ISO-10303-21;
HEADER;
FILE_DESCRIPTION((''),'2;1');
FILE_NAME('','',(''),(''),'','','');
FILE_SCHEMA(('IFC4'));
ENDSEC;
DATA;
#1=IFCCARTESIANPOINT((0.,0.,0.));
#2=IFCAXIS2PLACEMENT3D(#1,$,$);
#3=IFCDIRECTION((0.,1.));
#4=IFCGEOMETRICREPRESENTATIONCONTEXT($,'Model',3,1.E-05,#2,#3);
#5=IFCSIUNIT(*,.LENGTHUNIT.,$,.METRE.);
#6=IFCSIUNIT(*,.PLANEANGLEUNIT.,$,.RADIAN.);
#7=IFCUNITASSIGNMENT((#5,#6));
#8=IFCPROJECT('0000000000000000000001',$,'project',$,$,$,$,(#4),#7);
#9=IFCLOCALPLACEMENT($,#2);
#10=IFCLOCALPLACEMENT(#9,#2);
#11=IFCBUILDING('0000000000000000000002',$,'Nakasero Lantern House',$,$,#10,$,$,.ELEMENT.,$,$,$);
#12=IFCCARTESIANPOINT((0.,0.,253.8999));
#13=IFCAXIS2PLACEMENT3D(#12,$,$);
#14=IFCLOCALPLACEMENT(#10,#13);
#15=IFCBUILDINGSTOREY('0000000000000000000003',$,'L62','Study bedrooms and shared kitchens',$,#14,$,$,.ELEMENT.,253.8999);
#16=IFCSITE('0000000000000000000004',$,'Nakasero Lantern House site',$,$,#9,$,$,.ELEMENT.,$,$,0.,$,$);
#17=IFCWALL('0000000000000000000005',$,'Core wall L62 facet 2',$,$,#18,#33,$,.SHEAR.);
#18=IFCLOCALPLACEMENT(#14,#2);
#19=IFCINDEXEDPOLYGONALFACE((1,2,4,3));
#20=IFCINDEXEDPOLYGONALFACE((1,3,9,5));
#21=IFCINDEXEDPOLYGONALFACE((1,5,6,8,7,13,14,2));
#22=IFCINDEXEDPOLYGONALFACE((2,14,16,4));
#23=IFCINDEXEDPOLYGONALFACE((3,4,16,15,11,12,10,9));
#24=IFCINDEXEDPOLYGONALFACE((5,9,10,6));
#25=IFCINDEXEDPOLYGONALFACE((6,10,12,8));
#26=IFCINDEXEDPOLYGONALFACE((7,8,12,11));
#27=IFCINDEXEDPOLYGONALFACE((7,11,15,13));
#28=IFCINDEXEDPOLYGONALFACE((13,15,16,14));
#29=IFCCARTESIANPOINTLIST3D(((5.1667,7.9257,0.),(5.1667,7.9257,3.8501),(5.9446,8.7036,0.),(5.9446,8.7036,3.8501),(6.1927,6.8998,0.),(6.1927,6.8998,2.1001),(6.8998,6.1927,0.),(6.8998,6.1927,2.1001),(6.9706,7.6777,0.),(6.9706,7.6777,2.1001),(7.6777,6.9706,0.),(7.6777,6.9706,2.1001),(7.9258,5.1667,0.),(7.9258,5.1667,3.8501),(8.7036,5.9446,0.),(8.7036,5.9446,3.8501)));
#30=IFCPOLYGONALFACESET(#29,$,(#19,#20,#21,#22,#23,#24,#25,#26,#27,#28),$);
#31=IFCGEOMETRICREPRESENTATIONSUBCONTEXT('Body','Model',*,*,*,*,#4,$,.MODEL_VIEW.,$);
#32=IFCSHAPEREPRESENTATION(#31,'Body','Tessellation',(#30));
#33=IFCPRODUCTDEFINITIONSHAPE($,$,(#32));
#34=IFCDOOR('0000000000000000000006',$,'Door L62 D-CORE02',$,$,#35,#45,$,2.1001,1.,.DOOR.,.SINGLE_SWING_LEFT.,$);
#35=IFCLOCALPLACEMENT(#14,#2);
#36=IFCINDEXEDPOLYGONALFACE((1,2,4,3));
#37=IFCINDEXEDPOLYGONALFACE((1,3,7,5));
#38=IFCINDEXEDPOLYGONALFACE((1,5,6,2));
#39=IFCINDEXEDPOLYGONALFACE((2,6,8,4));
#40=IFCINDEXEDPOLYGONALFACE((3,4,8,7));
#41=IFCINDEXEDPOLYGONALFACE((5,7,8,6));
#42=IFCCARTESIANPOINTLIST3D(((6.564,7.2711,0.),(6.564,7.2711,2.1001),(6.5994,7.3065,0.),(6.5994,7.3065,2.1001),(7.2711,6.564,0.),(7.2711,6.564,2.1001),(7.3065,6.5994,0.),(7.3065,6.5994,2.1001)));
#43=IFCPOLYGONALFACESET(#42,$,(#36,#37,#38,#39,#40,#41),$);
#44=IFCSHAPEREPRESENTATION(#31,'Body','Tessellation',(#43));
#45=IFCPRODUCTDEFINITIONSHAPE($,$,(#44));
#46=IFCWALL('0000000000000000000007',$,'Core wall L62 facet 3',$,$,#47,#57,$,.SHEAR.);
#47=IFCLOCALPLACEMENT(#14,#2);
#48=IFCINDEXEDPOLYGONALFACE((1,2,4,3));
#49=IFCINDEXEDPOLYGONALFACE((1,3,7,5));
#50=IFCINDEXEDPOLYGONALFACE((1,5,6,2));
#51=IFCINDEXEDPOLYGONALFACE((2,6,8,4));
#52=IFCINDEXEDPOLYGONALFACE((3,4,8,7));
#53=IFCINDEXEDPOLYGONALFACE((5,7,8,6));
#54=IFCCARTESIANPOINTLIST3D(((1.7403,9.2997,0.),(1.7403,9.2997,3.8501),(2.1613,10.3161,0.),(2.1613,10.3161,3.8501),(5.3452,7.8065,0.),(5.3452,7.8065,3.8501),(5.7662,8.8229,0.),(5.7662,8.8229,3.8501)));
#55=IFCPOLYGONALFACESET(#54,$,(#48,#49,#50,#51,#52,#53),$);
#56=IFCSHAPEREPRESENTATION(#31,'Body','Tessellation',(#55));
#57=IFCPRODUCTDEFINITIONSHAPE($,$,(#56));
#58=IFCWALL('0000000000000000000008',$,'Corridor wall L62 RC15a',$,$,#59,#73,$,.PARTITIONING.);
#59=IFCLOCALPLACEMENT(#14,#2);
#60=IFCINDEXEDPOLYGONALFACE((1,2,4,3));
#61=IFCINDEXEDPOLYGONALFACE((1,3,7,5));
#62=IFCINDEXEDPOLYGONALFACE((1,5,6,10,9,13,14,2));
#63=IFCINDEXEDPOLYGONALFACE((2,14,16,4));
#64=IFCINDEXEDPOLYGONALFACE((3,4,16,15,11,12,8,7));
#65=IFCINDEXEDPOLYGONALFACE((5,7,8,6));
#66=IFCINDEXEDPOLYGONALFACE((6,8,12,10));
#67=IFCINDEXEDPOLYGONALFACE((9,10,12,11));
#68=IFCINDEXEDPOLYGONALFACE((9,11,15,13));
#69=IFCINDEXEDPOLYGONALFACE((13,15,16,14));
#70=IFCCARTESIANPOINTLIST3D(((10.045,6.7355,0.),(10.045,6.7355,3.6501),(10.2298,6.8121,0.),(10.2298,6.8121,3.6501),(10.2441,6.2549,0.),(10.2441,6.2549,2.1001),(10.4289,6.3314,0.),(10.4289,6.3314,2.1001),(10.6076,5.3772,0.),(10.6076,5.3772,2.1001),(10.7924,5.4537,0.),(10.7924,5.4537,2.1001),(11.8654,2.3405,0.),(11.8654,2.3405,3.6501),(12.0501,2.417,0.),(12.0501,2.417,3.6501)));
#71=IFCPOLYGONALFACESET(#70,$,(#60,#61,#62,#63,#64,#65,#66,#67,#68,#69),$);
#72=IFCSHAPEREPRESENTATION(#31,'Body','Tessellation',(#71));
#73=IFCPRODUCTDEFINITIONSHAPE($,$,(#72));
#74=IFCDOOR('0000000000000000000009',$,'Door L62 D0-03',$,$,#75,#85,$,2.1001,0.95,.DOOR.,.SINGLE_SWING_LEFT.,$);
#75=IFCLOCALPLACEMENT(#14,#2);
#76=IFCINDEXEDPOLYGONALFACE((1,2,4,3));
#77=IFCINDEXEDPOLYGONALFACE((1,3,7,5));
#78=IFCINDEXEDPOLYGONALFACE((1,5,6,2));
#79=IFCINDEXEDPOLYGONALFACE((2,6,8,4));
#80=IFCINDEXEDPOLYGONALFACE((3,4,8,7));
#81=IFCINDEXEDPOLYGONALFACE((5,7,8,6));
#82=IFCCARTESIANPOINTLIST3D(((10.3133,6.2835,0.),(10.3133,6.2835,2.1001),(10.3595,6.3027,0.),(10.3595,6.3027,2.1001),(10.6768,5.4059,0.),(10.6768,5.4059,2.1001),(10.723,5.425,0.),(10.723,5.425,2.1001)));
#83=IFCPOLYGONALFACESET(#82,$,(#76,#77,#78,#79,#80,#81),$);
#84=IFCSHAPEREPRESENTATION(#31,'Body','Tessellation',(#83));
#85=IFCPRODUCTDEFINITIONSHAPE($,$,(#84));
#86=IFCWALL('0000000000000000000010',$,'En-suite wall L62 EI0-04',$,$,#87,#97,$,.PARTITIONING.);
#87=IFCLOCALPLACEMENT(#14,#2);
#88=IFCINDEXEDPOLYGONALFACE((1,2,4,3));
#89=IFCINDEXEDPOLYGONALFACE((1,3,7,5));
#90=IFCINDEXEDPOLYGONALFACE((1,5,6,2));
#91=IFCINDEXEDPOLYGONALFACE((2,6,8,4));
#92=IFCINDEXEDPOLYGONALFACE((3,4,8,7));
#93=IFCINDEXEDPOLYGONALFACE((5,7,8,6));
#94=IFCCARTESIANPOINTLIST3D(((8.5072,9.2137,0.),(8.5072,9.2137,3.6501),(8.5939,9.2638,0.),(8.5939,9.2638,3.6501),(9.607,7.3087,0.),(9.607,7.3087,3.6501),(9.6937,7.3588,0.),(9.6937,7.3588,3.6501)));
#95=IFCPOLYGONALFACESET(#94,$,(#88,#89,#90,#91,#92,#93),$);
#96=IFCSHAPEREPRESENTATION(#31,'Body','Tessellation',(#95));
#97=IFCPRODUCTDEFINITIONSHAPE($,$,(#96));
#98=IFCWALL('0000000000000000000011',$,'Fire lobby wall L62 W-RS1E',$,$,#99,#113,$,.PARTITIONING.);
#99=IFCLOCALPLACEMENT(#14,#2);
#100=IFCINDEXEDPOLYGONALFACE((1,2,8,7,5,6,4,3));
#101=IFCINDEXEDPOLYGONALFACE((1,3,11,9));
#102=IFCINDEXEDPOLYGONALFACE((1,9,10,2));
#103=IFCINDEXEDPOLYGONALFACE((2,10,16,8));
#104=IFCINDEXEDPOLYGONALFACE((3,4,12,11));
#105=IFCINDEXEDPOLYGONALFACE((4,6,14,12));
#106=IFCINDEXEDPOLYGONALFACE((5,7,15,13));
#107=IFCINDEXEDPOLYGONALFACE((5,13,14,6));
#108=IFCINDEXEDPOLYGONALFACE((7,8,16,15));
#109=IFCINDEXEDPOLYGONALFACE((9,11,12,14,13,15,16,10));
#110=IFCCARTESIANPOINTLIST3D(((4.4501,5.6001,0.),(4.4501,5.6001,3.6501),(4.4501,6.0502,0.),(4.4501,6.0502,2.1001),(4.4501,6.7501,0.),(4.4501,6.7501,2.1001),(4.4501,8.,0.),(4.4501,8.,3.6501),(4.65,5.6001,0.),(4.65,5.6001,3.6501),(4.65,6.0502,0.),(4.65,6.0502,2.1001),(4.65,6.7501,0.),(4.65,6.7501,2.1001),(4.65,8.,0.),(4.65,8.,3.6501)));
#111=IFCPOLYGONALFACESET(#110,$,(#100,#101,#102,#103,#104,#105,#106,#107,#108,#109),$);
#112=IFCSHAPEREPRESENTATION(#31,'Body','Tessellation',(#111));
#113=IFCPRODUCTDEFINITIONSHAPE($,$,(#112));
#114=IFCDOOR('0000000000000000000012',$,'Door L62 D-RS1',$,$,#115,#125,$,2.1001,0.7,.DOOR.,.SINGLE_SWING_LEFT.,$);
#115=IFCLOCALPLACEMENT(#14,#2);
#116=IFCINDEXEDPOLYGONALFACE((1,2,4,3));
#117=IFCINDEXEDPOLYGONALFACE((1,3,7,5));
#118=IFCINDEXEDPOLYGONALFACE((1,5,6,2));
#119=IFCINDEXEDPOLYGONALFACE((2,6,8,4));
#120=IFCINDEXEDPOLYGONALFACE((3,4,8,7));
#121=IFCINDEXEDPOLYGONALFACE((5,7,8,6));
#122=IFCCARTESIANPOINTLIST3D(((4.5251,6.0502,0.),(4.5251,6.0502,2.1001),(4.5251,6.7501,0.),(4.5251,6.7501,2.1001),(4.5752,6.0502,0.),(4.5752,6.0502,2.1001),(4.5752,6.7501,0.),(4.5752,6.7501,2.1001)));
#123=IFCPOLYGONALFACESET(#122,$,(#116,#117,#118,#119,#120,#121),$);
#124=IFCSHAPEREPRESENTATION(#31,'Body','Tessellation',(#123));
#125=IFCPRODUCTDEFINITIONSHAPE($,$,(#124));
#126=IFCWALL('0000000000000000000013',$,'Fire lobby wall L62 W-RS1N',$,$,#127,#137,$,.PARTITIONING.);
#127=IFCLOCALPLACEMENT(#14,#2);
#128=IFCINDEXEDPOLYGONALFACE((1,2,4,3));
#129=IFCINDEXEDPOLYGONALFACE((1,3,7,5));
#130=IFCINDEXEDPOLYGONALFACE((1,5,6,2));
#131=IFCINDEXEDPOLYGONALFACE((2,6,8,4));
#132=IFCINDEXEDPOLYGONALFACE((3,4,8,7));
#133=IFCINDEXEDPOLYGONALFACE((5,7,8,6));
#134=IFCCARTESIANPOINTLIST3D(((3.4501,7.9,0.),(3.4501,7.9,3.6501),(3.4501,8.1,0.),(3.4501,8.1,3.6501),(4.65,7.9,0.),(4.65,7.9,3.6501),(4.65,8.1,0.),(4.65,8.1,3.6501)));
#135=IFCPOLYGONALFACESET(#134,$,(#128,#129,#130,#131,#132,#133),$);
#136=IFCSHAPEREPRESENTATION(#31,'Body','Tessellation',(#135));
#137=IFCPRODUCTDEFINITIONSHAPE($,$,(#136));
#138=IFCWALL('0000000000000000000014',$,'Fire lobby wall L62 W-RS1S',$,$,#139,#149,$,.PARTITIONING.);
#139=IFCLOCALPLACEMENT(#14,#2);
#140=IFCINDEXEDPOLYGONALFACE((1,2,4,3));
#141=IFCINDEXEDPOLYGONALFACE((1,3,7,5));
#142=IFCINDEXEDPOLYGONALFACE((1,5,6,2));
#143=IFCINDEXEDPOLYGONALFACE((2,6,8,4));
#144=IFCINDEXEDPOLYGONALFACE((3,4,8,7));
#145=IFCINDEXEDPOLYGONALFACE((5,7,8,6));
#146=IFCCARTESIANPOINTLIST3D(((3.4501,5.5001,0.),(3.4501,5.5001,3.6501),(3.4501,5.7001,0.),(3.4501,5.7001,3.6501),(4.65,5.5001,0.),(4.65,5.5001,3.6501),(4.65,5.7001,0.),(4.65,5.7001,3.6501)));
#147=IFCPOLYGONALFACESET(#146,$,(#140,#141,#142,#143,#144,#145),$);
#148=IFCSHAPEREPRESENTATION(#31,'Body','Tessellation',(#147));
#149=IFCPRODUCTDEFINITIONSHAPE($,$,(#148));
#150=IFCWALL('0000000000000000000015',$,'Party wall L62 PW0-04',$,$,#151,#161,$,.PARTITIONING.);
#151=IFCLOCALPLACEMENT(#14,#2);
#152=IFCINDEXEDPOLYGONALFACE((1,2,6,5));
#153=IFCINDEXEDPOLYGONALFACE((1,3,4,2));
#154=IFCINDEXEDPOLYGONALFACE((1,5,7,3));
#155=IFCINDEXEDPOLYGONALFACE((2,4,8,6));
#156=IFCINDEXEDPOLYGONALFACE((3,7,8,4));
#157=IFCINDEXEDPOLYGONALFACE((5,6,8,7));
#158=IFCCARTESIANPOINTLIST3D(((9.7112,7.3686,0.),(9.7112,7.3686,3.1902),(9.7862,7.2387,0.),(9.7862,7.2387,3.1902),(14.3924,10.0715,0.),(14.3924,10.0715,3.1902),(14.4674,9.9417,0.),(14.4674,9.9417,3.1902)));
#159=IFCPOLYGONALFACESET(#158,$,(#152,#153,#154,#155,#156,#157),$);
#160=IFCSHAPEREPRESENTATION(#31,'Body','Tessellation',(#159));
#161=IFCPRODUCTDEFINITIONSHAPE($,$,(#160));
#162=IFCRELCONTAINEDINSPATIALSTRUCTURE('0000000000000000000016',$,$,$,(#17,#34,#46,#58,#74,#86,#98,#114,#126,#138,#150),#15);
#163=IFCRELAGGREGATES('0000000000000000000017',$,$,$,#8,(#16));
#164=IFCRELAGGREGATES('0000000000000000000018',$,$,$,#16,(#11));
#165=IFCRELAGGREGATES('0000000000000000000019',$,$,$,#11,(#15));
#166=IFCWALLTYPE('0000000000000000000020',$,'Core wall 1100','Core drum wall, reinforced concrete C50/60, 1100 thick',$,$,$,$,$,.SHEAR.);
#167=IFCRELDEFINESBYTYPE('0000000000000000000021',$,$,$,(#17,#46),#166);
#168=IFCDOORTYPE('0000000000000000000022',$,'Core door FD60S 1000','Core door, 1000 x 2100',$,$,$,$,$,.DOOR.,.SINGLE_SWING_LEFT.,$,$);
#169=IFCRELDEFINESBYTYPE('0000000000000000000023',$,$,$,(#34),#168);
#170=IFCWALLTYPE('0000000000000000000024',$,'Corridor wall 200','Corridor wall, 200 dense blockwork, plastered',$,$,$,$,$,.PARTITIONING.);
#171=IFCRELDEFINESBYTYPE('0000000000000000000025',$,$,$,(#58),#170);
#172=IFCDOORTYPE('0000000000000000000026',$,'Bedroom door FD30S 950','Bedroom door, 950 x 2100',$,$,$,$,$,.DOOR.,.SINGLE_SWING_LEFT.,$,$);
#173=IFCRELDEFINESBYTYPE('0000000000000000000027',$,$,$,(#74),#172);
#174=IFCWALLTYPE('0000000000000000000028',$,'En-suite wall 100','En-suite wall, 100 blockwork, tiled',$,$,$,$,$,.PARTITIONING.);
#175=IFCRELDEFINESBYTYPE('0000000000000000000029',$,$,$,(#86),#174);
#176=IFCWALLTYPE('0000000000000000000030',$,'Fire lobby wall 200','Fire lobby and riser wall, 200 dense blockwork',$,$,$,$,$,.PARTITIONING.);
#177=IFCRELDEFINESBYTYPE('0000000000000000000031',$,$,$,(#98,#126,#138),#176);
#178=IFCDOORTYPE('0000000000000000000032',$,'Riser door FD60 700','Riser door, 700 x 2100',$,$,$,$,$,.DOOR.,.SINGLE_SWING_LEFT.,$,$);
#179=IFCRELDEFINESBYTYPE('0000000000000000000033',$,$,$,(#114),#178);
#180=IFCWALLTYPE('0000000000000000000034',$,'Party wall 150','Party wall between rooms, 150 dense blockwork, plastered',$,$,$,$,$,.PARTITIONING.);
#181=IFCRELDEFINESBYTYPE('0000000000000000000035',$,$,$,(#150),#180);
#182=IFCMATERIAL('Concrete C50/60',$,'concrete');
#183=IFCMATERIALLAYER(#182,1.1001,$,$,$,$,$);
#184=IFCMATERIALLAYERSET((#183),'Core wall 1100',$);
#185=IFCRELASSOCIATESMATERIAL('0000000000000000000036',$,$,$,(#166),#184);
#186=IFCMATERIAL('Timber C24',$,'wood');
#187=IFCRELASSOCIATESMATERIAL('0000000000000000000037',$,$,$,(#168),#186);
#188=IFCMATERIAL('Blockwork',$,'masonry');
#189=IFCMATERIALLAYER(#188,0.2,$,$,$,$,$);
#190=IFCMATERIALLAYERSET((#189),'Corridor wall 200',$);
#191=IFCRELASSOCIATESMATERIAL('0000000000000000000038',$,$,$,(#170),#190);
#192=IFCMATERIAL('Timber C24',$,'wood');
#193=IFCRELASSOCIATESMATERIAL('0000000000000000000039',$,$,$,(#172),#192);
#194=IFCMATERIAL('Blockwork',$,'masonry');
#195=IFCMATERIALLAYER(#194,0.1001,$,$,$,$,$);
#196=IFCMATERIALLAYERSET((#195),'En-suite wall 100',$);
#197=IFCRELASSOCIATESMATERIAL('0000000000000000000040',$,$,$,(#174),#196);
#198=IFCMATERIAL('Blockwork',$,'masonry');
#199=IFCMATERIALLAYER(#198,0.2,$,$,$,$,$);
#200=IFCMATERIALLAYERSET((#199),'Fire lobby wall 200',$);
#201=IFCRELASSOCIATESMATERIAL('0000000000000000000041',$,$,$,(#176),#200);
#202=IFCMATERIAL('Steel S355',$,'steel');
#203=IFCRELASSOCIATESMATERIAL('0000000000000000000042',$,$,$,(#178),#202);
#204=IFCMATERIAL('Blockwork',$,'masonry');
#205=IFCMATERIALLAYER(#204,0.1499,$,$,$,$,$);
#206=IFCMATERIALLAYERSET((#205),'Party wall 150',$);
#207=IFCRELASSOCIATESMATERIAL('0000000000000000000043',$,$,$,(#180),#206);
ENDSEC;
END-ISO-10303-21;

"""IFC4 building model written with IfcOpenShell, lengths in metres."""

from ifc_helpers import new_model, si_unit, direction, frame, frame_2d, origin, place, context, subcontext, project, spatial, rectangle, extrude, material, layer, layer_set, type_object, element, fill, save


model = new_model("IFC4")

# Units and contexts
model_context = context("Model", 3, precision=1e-05, world=origin(), true_north=direction((0.0, 1.0)))
body_context = subcontext(model_context, "Body", "Model", "MODEL_VIEW")
ifc_project = project(units=[si_unit("LENGTHUNIT", "METRE"), si_unit("PLANEANGLEUNIT", "RADIAN")], contexts=[model_context])

# Site, building, storey
site_placement = place(None, origin())
site = spatial("IfcSite", under=ifc_project, at=site_placement, Name="Nakasero Lantern House site", CompositionType="ELEMENT", RefElevation=0.0)
building_placement = place(site_placement, origin())
building = spatial("IfcBuilding", under=site, at=building_placement, Name="Nakasero Lantern House", CompositionType="ELEMENT")
storey_placement = place(building_placement, frame((0.0, 0.0, 253.8999)))
storey = spatial("IfcBuildingStorey", under=building, at=storey_placement, Name="L62", Description="Study bedrooms and shared kitchens", CompositionType="ELEMENT", Elevation=253.8999)

# Shared definitions
ifc_material_1 = material(Name="Concrete C50/60", Category="concrete")
ifc_layer_1 = layer(ifc_material_1, 1.1001)
ifc_layer_set_1 = layer_set([ifc_layer_1], Name="Core wall 1100")
wall_type_1 = type_object("IfcWallType", Name="Core wall 1100", Description="Core drum wall, reinforced concrete C50/60, 1100 thick", PredefinedType="SHEAR", material=ifc_layer_set_1)

# Wall, opening, door
wall_1_placement = place(storey_placement, frame((8.3147, 5.5557, 0.0), z_axis=(0.0, 0.0, 1.0), x_axis=(-0.707107, 0.707107, 0.0)))
wall_1 = element("IfcWall", 1, at=wall_1_placement, inside=storey, type_object=wall_type_1, Name="Core wall L62 facet 2", PredefinedType="SHEAR", context=body_context, shape_type="SweptSolid", body=[
    extrude(rectangle(XDim=3.9019, YDim=1.1001, at=frame_2d((1.9509, 0.0))), origin(), (0.0, 0.0, 1.0), 3.8501),
])
opening_1_placement = place(wall_1_placement, frame((1.4509, 0.0, 0.0)))
opening_1 = element("IfcOpeningElement", 2, at=opening_1_placement, cuts=wall_1, PredefinedType="OPENING", context=body_context, shape_type="SweptSolid", body=[
    extrude(rectangle(XDim=1.0, YDim=2.1001, at=frame_2d((0.5, 1.05))), frame((0.0, 0.5701, 0.0), z_axis=(0.0, -1.0, 0.0), x_axis=(1.0, 0.0, 0.0)), (0.0, 0.0, 1.0), 1.1401),
])
ifc_material_2 = material(Name="Timber C24", Category="wood")
door_type_1 = type_object("IfcDoorType", Name="Core door FD60S 1000", Description="Core door, 1000 x 2100", OperationType="SINGLE_SWING_LEFT", PredefinedType="DOOR", material=ifc_material_2)
door_1_placement = place(opening_1_placement, origin())
door_1 = element("IfcDoor", 3, at=door_1_placement, inside=storey, type_object=door_type_1, Name="Door L62 D-CORE02", OperationType="SINGLE_SWING_LEFT", OverallHeight=2.1001, OverallWidth=1.0, PredefinedType="DOOR", context=body_context, shape_type="SweptSolid", body=[
    extrude(rectangle(XDim=1.0, YDim=2.1001, at=frame_2d((0.5, 1.05))), frame((0.0, 0.0249, 0.0), z_axis=(0.0, -1.0, 0.0), x_axis=(1.0, 0.0, 0.0)), (0.0, 0.0, 1.0), 0.05),
])
fill(opening_1, door_1)

# Wall
wall_2_placement = place(storey_placement, frame((5.5557, 8.3147, 0.0), z_axis=(0.0, 0.0, 1.0), x_axis=(-0.923877, 0.382691, 0.0)))
element("IfcWall", 4, at=wall_2_placement, inside=storey, type_object=wall_type_1, Name="Core wall L62 facet 3", PredefinedType="SHEAR", context=body_context, shape_type="SweptSolid", body=[
    extrude(rectangle(XDim=3.9019, YDim=1.1001, at=frame_2d((1.9509, 0.0))), origin(), (0.0, 0.0, 1.0), 3.8501),
])

# Wall, opening, door
ifc_material_3 = material(Name="Blockwork", Category="masonry")
ifc_layer_2 = layer(ifc_material_3, 0.2)
ifc_layer_set_2 = layer_set([ifc_layer_2], Name="Corridor wall 200")
wall_type_2 = type_object("IfcWallType", Name="Corridor wall 200", Description="Corridor wall, 200 dense blockwork, plastered", PredefinedType="PARTITIONING", material=ifc_layer_set_2)
wall_3_placement = place(storey_placement, frame((10.1375, 6.7737, 0.0), z_axis=(0.0, 0.0, 1.0), x_axis=(0.382654, -0.923892, 0.0)))
wall_3 = element("IfcWall", 5, at=wall_3_placement, inside=storey, type_object=wall_type_2, Name="Corridor wall L62 RC15a", PredefinedType="PARTITIONING", context=body_context, shape_type="SweptSolid", body=[
    extrude(rectangle(XDim=4.7571, YDim=0.2, at=frame_2d((2.3784, 0.0))), origin(), (0.0, 0.0, 1.0), 3.6501),
])
opening_2_placement = place(wall_3_placement, frame((0.52, 0.0, 0.0)))
opening_2 = element("IfcOpeningElement", 6, at=opening_2_placement, cuts=wall_3, PredefinedType="OPENING", context=body_context, shape_type="SweptSolid", body=[
    extrude(rectangle(XDim=0.95, YDim=2.1001, at=frame_2d((0.4751, 1.05))), frame((0.0, 0.1199, 0.0), z_axis=(0.0, -1.0, 0.0), x_axis=(1.0, 0.0, 0.0)), (0.0, 0.0, 1.0), 0.24),
])
ifc_material_4 = material(Name="Timber C24", Category="wood")
door_type_2 = type_object("IfcDoorType", Name="Bedroom door FD30S 950", Description="Bedroom door, 950 x 2100", OperationType="SINGLE_SWING_LEFT", PredefinedType="DOOR", material=ifc_material_4)
door_2_placement = place(opening_2_placement, origin())
door_2 = element("IfcDoor", 7, at=door_2_placement, inside=storey, type_object=door_type_2, Name="Door L62 D0-03", OperationType="SINGLE_SWING_LEFT", OverallHeight=2.1001, OverallWidth=0.95, PredefinedType="DOOR", context=body_context, shape_type="SweptSolid", body=[
    extrude(rectangle(XDim=0.95, YDim=2.1001, at=frame_2d((0.4751, 1.05))), frame((0.0, 0.0249, 0.0), z_axis=(0.0, -1.0, 0.0), x_axis=(1.0, 0.0, 0.0)), (0.0, 0.0, 1.0), 0.05),
])
fill(opening_2, door_2)

# Wall
ifc_material_5 = material(Name="Blockwork", Category="masonry")
ifc_layer_3 = layer(ifc_material_5, 0.1001)
ifc_layer_set_3 = layer_set([ifc_layer_3], Name="En-suite wall 100")
wall_type_3 = type_object("IfcWallType", Name="En-suite wall 100", Description="En-suite wall, 100 blockwork, tiled", PredefinedType="PARTITIONING", material=ifc_layer_set_3)
wall_4_placement = place(storey_placement, frame((9.6504, 7.3337, 0.0), z_axis=(0.0, 0.0, 1.0), x_axis=(-0.499995, 0.866028, 0.0)))
element("IfcWall", 8, at=wall_4_placement, inside=storey, type_object=wall_type_3, Name="En-suite wall L62 EI0-04", PredefinedType="PARTITIONING", context=body_context, shape_type="SweptSolid", body=[
    extrude(rectangle(XDim=2.1997, YDim=0.1001, at=frame_2d((1.0999, 0.0))), origin(), (0.0, 0.0, 1.0), 3.6501),
])

# Wall, opening, door
ifc_material_6 = material(Name="Blockwork", Category="masonry")
ifc_layer_4 = layer(ifc_material_6, 0.2)
ifc_layer_set_4 = layer_set([ifc_layer_4], Name="Fire lobby wall 200")
wall_type_4 = type_object("IfcWallType", Name="Fire lobby wall 200", Description="Fire lobby and riser wall, 200 dense blockwork", PredefinedType="PARTITIONING", material=ifc_layer_set_4)
wall_5_placement = place(storey_placement, frame((4.55, 5.6001, 0.0), z_axis=(0.0, 0.0, 1.0), x_axis=(0.0, 1.0, 0.0)))
wall_5 = element("IfcWall", 9, at=wall_5_placement, inside=storey, type_object=wall_type_4, Name="Fire lobby wall L62 W-RS1E", PredefinedType="PARTITIONING", context=body_context, shape_type="SweptSolid", body=[
    extrude(rectangle(XDim=2.3999, YDim=0.2, at=frame_2d((1.2, 0.0))), origin(), (0.0, 0.0, 1.0), 3.6501),
])
opening_3_placement = place(wall_5_placement, frame((0.45, 0.0, 0.0)))
opening_3 = element("IfcOpeningElement", 10, at=opening_3_placement, cuts=wall_5, PredefinedType="OPENING", context=body_context, shape_type="SweptSolid", body=[
    extrude(rectangle(XDim=0.7, YDim=2.1001, at=frame_2d((0.3501, 1.05))), frame((0.0, 0.1199, 0.0), z_axis=(0.0, -1.0, 0.0), x_axis=(1.0, 0.0, 0.0)), (0.0, 0.0, 1.0), 0.24),
])
ifc_material_7 = material(Name="Steel S355", Category="steel")
door_type_3 = type_object("IfcDoorType", Name="Riser door FD60 700", Description="Riser door, 700 x 2100", OperationType="SINGLE_SWING_LEFT", PredefinedType="DOOR", material=ifc_material_7)
door_3_placement = place(opening_3_placement, origin())
door_3 = element("IfcDoor", 11, at=door_3_placement, inside=storey, type_object=door_type_3, Name="Door L62 D-RS1", OperationType="SINGLE_SWING_LEFT", OverallHeight=2.1001, OverallWidth=0.7, PredefinedType="DOOR", context=body_context, shape_type="SweptSolid", body=[
    extrude(rectangle(XDim=0.7, YDim=2.1001, at=frame_2d((0.3501, 1.05))), frame((0.0, 0.0249, 0.0), z_axis=(0.0, -1.0, 0.0), x_axis=(1.0, 0.0, 0.0)), (0.0, 0.0, 1.0), 0.05),
])
fill(opening_3, door_3)

# Walls
for number, where, z_axis, x_axis, name in (
    (12, (3.45, 8.0, 0.0), (0.0, 0.0, 1.0), (1.0, 0.0, 0.0), "Fire lobby wall L62 W-RS1N"),
    (13, (3.45, 5.6001, 0.0), (0.0, 0.0, 1.0), (1.0, 0.0, 0.0), "Fire lobby wall L62 W-RS1S"),
):
    element("IfcWall", number, at=place(storey_placement, frame(where, z_axis=z_axis, x_axis=x_axis)), inside=storey, type_object=wall_type_4, Name=name, PredefinedType="PARTITIONING", context=body_context, shape_type="SweptSolid", body=[
        extrude(rectangle(XDim=1.2, YDim=0.2, at=frame_2d((0.6001, 0.0))), origin(), (0.0, 0.0, 1.0), 3.6501),
    ])
ifc_material_8 = material(Name="Blockwork", Category="masonry")
ifc_layer_5 = layer(ifc_material_8, 0.1499)
ifc_layer_set_5 = layer_set([ifc_layer_5], Name="Party wall 150")
wall_type_5 = type_object("IfcWallType", Name="Party wall 150", Description="Party wall between rooms, 150 dense blockwork, plastered", PredefinedType="PARTITIONING", material=ifc_layer_set_5)
wall_6_placement = place(storey_placement, frame((9.7488, 7.3037, 0.0), z_axis=(0.0, 0.0, 1.0), x_axis=(0.866008, 0.50003, 0.0)))
element("IfcWall", 14, at=wall_6_placement, inside=storey, type_object=wall_type_5, Name="Party wall L62 PW0-04", PredefinedType="PARTITIONING", context=body_context, shape_type="SweptSolid", body=[
    extrude(rectangle(XDim=5.4055, YDim=0.1499, at=frame_2d((2.7026, 0.0))), origin(), (0.0, 0.0, 1.0), 3.1902),
])

save(model, "model.ifc")
